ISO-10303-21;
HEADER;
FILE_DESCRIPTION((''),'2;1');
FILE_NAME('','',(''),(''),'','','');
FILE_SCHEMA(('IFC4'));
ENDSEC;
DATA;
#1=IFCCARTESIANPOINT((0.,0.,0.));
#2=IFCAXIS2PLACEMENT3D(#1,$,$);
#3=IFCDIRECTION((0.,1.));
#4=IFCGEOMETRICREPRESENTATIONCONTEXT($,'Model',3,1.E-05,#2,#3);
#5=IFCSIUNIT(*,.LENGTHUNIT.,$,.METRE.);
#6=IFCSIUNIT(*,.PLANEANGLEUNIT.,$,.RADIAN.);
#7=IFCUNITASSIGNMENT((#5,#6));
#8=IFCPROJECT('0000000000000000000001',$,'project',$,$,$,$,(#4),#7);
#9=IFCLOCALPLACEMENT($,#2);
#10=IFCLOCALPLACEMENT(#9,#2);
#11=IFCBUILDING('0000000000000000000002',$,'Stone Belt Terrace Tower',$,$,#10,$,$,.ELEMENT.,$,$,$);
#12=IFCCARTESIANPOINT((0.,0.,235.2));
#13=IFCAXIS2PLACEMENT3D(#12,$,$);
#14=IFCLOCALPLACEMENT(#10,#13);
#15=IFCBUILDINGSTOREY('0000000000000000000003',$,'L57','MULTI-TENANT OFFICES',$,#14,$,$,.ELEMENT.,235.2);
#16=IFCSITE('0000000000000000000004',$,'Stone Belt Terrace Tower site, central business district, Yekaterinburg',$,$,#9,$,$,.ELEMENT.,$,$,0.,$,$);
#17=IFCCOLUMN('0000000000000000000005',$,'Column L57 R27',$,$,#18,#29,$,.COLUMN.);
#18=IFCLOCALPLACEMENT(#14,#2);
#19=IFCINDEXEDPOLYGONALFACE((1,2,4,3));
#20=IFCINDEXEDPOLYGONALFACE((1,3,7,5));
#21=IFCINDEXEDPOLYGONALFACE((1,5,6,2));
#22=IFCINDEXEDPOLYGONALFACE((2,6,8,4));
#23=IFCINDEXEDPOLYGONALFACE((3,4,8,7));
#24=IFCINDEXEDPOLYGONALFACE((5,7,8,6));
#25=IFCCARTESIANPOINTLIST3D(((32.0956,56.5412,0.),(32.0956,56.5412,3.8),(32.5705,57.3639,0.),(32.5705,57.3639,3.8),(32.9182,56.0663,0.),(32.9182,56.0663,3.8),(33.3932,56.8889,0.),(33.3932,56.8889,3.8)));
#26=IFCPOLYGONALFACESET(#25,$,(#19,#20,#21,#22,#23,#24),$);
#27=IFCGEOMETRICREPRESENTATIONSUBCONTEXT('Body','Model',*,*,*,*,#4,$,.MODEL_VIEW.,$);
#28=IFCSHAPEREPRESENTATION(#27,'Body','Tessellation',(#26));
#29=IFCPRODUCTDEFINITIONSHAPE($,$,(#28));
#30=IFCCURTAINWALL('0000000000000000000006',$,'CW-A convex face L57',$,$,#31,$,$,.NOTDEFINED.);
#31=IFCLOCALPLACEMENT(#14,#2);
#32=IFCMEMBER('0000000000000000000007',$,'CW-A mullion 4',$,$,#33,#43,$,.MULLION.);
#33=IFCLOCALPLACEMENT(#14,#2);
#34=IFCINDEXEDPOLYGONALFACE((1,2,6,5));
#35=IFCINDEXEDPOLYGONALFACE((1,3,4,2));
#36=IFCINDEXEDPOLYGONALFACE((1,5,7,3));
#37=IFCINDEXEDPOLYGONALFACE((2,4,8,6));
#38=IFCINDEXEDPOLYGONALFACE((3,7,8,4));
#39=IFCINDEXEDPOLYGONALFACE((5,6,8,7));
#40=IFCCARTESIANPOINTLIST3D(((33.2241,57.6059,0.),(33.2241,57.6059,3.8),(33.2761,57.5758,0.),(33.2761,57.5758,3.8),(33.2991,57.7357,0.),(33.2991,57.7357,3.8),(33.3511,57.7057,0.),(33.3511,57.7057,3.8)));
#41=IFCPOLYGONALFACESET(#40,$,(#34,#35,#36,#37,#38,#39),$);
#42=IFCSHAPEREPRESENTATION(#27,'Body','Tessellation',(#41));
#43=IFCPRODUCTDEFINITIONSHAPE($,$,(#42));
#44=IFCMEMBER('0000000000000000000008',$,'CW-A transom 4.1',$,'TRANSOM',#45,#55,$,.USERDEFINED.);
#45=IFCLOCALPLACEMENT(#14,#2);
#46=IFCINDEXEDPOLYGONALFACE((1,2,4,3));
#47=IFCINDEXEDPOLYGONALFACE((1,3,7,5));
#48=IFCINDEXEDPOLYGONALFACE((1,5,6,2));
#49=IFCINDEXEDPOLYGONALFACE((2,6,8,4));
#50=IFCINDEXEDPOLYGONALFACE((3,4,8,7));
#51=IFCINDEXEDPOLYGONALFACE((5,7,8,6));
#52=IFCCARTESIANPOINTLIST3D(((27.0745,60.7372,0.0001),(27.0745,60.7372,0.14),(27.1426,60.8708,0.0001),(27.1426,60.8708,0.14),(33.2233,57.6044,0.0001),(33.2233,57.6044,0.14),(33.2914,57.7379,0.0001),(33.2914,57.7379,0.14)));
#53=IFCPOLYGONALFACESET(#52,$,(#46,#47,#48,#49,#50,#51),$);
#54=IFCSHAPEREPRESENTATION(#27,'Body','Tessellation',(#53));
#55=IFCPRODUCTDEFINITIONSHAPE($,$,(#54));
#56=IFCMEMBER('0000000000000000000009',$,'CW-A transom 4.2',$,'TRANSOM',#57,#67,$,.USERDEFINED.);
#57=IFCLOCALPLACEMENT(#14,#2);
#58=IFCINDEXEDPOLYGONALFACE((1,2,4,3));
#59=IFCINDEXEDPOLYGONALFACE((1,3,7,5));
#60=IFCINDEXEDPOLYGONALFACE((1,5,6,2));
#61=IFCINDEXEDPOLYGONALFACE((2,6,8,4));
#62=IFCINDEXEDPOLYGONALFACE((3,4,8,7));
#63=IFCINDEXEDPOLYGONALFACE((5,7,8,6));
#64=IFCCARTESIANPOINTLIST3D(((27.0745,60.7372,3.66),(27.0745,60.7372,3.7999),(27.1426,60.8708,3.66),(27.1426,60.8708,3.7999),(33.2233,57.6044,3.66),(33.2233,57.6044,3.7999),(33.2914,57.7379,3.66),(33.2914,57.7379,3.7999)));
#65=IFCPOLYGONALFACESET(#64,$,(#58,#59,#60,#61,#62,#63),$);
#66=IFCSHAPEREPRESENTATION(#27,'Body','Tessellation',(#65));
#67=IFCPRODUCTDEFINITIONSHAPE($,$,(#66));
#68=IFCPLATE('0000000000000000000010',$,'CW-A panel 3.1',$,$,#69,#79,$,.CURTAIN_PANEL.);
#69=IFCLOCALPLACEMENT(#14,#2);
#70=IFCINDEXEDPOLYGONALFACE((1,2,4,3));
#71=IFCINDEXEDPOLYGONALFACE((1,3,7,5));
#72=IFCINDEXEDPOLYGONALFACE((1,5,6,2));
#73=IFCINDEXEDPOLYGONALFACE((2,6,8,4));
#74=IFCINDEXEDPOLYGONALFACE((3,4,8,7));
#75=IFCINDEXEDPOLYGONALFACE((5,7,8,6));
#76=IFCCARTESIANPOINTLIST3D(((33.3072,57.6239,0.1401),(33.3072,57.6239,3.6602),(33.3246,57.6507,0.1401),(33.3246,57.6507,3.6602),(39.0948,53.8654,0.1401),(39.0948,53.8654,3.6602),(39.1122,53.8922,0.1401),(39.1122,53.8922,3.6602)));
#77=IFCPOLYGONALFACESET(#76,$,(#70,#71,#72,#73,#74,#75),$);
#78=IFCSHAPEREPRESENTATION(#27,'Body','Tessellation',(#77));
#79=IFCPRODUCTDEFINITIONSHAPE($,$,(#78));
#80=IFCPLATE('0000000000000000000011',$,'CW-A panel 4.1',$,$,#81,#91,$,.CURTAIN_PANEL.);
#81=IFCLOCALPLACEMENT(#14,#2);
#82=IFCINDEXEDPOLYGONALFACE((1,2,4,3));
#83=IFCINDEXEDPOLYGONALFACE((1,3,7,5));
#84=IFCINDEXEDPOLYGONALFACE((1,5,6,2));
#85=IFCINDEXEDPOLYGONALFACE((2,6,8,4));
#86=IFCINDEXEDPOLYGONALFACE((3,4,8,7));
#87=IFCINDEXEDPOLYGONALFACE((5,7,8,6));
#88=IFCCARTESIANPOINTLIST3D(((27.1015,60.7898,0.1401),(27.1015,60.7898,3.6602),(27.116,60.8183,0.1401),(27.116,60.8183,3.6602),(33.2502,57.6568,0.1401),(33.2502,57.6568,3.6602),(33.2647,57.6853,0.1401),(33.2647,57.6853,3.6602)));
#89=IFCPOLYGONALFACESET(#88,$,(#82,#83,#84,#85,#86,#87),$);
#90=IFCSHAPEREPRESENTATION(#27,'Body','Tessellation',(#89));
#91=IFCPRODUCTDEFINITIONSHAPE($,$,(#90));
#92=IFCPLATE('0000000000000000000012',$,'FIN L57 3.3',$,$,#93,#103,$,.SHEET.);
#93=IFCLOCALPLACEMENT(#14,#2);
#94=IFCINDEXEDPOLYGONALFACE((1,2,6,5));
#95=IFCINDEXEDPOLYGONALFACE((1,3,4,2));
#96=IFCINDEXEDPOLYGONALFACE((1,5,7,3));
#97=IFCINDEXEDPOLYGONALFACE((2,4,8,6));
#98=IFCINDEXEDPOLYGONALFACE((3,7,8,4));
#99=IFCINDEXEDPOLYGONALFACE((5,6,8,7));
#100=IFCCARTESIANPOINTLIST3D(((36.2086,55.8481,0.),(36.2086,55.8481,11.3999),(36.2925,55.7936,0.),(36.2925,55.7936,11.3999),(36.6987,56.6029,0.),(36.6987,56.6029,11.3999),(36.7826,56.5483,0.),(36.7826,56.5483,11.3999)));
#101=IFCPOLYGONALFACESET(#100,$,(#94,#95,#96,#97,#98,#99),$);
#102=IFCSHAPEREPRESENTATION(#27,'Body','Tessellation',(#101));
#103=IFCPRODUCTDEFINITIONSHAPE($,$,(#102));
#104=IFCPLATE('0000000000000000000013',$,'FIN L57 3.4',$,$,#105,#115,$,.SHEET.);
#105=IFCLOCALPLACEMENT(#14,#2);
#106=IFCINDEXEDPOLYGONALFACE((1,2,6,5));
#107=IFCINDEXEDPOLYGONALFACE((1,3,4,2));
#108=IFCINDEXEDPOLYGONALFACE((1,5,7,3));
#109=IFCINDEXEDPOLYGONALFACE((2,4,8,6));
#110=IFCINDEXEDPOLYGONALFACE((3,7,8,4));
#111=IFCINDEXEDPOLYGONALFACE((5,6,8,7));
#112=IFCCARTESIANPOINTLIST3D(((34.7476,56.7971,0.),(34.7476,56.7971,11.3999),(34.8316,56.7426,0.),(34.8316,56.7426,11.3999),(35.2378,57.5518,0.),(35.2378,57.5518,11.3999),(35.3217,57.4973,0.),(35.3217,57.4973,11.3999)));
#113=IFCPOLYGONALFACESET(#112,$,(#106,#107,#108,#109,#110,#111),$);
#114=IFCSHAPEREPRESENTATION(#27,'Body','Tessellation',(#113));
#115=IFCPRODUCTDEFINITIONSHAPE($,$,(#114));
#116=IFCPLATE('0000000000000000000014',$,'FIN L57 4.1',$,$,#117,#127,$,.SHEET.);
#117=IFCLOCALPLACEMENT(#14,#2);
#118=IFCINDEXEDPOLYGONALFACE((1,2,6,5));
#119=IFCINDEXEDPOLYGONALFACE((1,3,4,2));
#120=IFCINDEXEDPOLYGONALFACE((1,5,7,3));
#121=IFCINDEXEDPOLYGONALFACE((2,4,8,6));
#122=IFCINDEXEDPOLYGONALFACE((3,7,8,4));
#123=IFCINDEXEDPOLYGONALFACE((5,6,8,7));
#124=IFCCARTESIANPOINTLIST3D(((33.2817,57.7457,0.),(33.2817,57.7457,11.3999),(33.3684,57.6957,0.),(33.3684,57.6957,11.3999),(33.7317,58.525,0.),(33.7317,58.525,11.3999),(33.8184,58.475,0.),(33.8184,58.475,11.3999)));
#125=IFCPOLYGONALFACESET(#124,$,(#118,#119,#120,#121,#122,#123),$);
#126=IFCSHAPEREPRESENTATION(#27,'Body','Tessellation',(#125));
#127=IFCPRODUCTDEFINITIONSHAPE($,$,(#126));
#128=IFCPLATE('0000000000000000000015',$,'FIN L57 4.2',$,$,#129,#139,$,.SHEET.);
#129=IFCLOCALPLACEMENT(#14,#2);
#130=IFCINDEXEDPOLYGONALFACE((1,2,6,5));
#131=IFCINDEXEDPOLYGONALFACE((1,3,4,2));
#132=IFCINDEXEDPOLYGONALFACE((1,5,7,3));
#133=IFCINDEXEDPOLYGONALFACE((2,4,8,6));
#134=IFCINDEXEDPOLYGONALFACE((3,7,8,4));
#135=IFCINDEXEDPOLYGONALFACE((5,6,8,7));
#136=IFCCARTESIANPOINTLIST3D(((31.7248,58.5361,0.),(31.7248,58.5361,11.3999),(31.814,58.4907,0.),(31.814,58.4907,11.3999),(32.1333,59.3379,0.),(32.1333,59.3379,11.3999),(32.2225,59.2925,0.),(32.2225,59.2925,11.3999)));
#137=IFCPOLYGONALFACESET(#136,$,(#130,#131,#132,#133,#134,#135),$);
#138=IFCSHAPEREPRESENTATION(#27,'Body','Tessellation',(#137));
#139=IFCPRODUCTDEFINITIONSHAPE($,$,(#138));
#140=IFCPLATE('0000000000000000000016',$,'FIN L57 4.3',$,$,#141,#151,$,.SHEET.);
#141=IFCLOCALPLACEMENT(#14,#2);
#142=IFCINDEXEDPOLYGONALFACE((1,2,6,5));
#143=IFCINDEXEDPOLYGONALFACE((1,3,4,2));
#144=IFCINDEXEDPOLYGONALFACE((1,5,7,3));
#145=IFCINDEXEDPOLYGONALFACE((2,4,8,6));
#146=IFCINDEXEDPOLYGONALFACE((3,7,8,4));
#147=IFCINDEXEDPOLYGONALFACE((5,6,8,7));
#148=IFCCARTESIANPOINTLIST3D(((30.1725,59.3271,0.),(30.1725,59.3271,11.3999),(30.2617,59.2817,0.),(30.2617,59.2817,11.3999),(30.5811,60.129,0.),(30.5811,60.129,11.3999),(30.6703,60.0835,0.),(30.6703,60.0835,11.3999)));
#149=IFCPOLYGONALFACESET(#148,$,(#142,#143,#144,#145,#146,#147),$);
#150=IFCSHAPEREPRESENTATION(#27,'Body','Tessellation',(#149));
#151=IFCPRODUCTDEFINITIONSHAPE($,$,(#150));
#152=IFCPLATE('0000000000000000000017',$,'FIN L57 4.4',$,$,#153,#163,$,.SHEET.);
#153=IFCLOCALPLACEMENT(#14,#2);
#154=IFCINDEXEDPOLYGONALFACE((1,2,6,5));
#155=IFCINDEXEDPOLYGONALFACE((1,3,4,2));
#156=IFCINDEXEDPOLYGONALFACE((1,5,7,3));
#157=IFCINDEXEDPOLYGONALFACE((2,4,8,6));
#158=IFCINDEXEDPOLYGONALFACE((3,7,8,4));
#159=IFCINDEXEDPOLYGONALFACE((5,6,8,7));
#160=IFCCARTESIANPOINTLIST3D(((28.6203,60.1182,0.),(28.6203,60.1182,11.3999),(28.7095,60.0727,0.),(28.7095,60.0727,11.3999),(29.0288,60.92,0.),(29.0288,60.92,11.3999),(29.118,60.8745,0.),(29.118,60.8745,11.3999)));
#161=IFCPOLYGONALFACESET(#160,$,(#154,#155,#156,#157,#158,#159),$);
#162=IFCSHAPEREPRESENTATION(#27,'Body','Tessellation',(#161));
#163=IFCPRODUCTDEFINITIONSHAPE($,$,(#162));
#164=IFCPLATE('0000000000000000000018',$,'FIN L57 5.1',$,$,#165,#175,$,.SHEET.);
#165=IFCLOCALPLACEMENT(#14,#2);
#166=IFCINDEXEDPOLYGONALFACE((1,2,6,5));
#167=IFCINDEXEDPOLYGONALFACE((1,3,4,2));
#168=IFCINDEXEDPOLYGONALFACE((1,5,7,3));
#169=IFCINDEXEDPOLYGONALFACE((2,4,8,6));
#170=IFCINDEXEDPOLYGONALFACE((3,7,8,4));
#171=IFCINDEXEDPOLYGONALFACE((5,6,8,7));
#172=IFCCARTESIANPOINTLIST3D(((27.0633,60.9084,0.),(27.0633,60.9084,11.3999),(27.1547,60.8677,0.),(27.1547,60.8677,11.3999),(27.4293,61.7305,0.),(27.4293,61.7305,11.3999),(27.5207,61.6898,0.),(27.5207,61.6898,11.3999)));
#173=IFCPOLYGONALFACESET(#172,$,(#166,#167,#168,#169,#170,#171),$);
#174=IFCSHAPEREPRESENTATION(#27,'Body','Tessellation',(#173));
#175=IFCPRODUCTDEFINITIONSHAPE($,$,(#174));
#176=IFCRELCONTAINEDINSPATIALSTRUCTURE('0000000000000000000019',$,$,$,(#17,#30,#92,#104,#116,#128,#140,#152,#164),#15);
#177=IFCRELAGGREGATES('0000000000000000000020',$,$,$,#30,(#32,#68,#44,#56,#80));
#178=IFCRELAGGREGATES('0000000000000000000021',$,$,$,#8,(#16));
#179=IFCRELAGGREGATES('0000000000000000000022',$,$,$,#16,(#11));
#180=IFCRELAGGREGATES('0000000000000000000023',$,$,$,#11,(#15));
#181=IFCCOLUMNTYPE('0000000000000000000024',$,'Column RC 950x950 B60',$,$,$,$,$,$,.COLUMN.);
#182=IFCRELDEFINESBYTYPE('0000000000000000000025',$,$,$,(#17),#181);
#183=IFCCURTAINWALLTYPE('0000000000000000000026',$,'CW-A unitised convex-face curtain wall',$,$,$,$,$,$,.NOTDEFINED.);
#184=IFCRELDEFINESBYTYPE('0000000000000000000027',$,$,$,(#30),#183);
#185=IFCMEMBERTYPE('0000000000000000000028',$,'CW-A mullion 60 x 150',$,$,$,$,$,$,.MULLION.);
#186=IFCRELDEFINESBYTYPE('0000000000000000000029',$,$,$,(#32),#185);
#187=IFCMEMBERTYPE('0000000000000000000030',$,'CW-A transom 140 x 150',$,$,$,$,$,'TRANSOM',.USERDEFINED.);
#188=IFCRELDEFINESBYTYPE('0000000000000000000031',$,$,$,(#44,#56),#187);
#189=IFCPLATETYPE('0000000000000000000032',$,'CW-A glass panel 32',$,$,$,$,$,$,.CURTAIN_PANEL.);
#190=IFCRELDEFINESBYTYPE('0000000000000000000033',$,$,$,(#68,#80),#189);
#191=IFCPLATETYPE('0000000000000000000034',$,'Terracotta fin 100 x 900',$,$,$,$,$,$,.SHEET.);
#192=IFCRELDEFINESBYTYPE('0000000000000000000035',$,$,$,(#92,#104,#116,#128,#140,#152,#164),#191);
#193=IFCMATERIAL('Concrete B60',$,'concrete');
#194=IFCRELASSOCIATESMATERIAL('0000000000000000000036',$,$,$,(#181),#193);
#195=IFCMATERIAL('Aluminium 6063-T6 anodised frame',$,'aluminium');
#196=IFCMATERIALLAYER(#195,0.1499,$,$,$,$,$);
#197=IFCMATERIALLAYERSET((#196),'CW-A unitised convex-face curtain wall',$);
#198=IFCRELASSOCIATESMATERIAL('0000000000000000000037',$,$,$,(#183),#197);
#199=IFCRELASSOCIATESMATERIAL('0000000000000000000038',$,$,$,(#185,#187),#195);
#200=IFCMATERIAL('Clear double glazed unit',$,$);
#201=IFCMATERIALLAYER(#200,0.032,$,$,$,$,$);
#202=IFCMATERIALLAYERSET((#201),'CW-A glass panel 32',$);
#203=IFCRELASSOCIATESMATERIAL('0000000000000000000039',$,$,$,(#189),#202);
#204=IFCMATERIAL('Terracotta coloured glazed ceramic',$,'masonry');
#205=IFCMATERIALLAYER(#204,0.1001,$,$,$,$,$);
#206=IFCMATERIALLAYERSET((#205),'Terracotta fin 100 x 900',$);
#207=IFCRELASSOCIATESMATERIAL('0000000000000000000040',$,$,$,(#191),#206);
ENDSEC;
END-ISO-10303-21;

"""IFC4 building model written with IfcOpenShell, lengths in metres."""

from ifc_helpers import new_model, si_unit, direction, frame, origin, origin_2d, place, context, subcontext, project, spatial, rectangle, extrude, material, layer, layer_set, material_profile, profile_set, type_object, element, aggregate, save


model = new_model("IFC4")

# Units and contexts
model_context = context("Model", 3, precision=1e-05, world=origin(), true_north=direction((0.0, 1.0)))
body_context = subcontext(model_context, "Body", "Model", "MODEL_VIEW")
ifc_project = project(units=[si_unit("LENGTHUNIT", "METRE"), si_unit("PLANEANGLEUNIT", "RADIAN")], contexts=[model_context])

# Site, building, storey
site_placement = place(None, origin())
site = spatial("IfcSite", under=ifc_project, at=site_placement, Name="Stone Belt Terrace Tower site, central business district, Yekaterinburg", CompositionType="ELEMENT", RefElevation=0.0)
building_placement = place(site_placement, origin())
building = spatial("IfcBuilding", under=site, at=building_placement, Name="Stone Belt Terrace Tower", CompositionType="ELEMENT")
storey_placement = place(building_placement, frame((0.0, 0.0, 235.2)))
storey = spatial("IfcBuildingStorey", under=building, at=storey_placement, Name="L57", Description="MULTI-TENANT OFFICES", CompositionType="ELEMENT", Elevation=235.2)

# Column
ifc_material_1 = material(Name="Concrete B60", Category="concrete")
ifc_material_profile_1 = material_profile(ifc_material_1, rectangle(XDim=0.95, YDim=0.95, at=origin_2d()), Name="RC 950x950")
ifc_profile_set_1 = profile_set([ifc_material_profile_1], Name="Concrete B60")
column_type = type_object("IfcColumnType", Name="Column RC 950x950 B60", PredefinedType="COLUMN", material=ifc_profile_set_1)
column_placement = place(storey_placement, frame((32.7444, 56.7151, 0.0), z_axis=(0.0, 0.0, 1.0), x_axis=(0.866025, -0.5, 0.0)))
element("IfcColumn", 1, at=column_placement, inside=storey, type_object=column_type, Name="Column L57 R27", PredefinedType="COLUMN", context=body_context, shape_type="SweptSolid", body=[
    extrude(rectangle(XDim=0.95, YDim=0.95, at=origin_2d()), origin(), (0.0, 0.0, 1.0), 3.8),
])

# Curtain wall, members, plates
ifc_material_2 = material(Name="Aluminium 6063-T6 anodised frame", Category="aluminium")
ifc_layer_1 = layer(ifc_material_2, 0.1499)
ifc_layer_set_1 = layer_set([ifc_layer_1], Name="CW-A unitised convex-face curtain wall")
curtain_wall_type = type_object("IfcCurtainWallType", Name="CW-A unitised convex-face curtain wall", PredefinedType="NOTDEFINED", material=ifc_layer_set_1)
curtain_wall_placement = place(storey_placement, origin())
curtain_wall = element("IfcCurtainWall", 2, at=curtain_wall_placement, inside=storey, type_object=curtain_wall_type, Name="CW-A convex face L57", PredefinedType="NOTDEFINED")
ifc_material_profile_2 = material_profile(ifc_material_2, rectangle(XDim=0.1499, YDim=0.0601, at=origin_2d()), Name="Aluminium 6063-T6 60x150")
ifc_profile_set_2 = profile_set([ifc_material_profile_2], Name="Aluminium 6063-T6 anodised frame")
member_type_1 = type_object("IfcMemberType", Name="CW-A mullion 60 x 150", PredefinedType="MULLION", material=ifc_profile_set_2)
member_1_placement = place(storey_placement, frame((33.2876, 57.6558, 0.0), z_axis=(0.0, 0.0, 1.0), x_axis=(-0.5, -0.866025, 0.0)))
member_1 = element("IfcMember", 3, at=member_1_placement, type_object=member_type_1, Name="CW-A mullion 4", PredefinedType="MULLION", context=body_context, shape_type="SweptSolid", body=[
    extrude(rectangle(XDim=0.1499, YDim=0.0601, at=origin_2d()), origin(), (0.0, 0.0, 1.0), 3.8),
])
ifc_material_profile_3 = material_profile(ifc_material_2, rectangle(XDim=0.1499, YDim=0.1399, at=origin_2d()), Name="Aluminium 6063-T6 150x140")
ifc_profile_set_3 = profile_set([ifc_material_profile_3], Name="Aluminium 6063-T6 anodised frame")
member_type_2 = type_object("IfcMemberType", Name="CW-A transom 140 x 150", ElementType="TRANSOM", PredefinedType="USERDEFINED", material=ifc_profile_set_3)
member_2_placement = place(storey_placement, frame((33.2573, 57.6711, 0.0701), z_axis=(-0.891012, 0.453979, 0.0), x_axis=(-0.453979, -0.891012, 0.0)))
member_2 = element("IfcMember", 4, at=member_2_placement, type_object=member_type_2, Name="CW-A transom 4.1", ObjectType="TRANSOM", PredefinedType="USERDEFINED", context=body_context, shape_type="SweptSolid", body=[
    extrude(rectangle(XDim=0.1499, YDim=0.1399, at=origin_2d()), origin(), (0.0, 0.0, 1.0), 6.9009),
])
member_3_placement = place(storey_placement, frame((33.2573, 57.6711, 3.73), z_axis=(-0.891012, 0.453979, 0.0), x_axis=(-0.453979, -0.891012, 0.0)))
member_3 = element("IfcMember", 5, at=member_3_placement, type_object=member_type_2, Name="CW-A transom 4.2", ObjectType="TRANSOM", PredefinedType="USERDEFINED", context=body_context, shape_type="SweptSolid", body=[
    extrude(rectangle(XDim=0.1499, YDim=0.1399, at=origin_2d()), origin(), (0.0, 0.0, 1.0), 6.9009),
])
ifc_material_3 = material(Name="Clear double glazed unit")
ifc_layer_2 = layer(ifc_material_3, 0.032)
ifc_layer_set_2 = layer_set([ifc_layer_2], Name="CW-A glass panel 32")
plate_type_1 = type_object("IfcPlateType", Name="CW-A glass panel 32", PredefinedType="CURTAIN_PANEL", material=ifc_layer_set_2)
plate_1_placement = place(storey_placement, frame((36.2097, 55.7581, 0.1401), z_axis=(0.0, 0.0, 1.0), x_axis=(-0.838671, 0.544639, 0.0)))
plate_1 = element("IfcPlate", 6, at=plate_1_placement, type_object=plate_type_1, Name="CW-A panel 3.1", PredefinedType="CURTAIN_PANEL", context=body_context, shape_type="SweptSolid", body=[
    extrude(rectangle(XDim=6.9009, YDim=0.032, at=origin_2d()), origin(), (0.0, 0.0, 1.0), 3.52),
])
plate_2_placement = place(storey_placement, frame((30.1831, 59.2375, 0.1401), z_axis=(0.0, 0.0, 1.0), x_axis=(-0.891007, 0.45399, 0.0)))
plate_2 = element("IfcPlate", 7, at=plate_2_placement, type_object=plate_type_1, Name="CW-A panel 4.1", PredefinedType="CURTAIN_PANEL", context=body_context, shape_type="SweptSolid", body=[
    extrude(rectangle(XDim=6.9009, YDim=0.032, at=origin_2d()), origin(), (0.0, 0.0, 1.0), 3.52),
])
aggregate(curtain_wall, [member_1, plate_1, member_2, member_3, plate_2])

# Plates
ifc_material_4 = material(Name="Terracotta coloured glazed ceramic", Category="masonry")
ifc_layer_3 = layer(ifc_material_4, 0.1001)
ifc_layer_set_3 = layer_set([ifc_layer_3], Name="Terracotta fin 100 x 900")
plate_type_2 = type_object("IfcPlateType", Name="Terracotta fin 100 x 900", PredefinedType="SHEET", material=ifc_layer_set_3)
for number, where, z_axis, x_axis, name in (
    (8, (36.4956, 56.1982, 0.0), (0.0, 0.0, 1.0), (0.544639, 0.838671, 0.0), "FIN L57 3.3"),
    (9, (35.0347, 57.1472, 0.0), (0.0, 0.0, 1.0), (0.544639, 0.838671, 0.0), "FIN L57 3.4"),
    (10, (33.55, 58.1104, 0.0), (0.0, 0.0, 1.0), (0.5, 0.866025, 0.0), "FIN L57 4.1"),
    (11, (31.9736, 58.9143, 0.0), (0.0, 0.0, 1.0), (0.45399, 0.891007, 0.0), "FIN L57 4.2"),
    (12, (30.4214, 59.7053, 0.0), (0.0, 0.0, 1.0), (0.45399, 0.891007, 0.0), "FIN L57 4.3"),
    (13, (28.8691, 60.4963, 0.0), (0.0, 0.0, 1.0), (0.45399, 0.891007, 0.0), "FIN L57 4.4"),
    (14, (27.292, 61.2991, 0.0), (0.0, 0.0, 1.0), (0.406737, 0.913545, 0.0), "FIN L57 5.1"),
):
    element("IfcPlate", number, at=place(storey_placement, frame(where, z_axis=z_axis, x_axis=x_axis)), inside=storey, type_object=plate_type_2, Name=name, PredefinedType="SHEET", context=body_context, shape_type="SweptSolid", body=[
        extrude(rectangle(XDim=0.8999, YDim=0.1001, at=origin_2d()), origin(), (0.0, 0.0, 1.0), 11.3999),
    ])

save(model, "model.ifc")
